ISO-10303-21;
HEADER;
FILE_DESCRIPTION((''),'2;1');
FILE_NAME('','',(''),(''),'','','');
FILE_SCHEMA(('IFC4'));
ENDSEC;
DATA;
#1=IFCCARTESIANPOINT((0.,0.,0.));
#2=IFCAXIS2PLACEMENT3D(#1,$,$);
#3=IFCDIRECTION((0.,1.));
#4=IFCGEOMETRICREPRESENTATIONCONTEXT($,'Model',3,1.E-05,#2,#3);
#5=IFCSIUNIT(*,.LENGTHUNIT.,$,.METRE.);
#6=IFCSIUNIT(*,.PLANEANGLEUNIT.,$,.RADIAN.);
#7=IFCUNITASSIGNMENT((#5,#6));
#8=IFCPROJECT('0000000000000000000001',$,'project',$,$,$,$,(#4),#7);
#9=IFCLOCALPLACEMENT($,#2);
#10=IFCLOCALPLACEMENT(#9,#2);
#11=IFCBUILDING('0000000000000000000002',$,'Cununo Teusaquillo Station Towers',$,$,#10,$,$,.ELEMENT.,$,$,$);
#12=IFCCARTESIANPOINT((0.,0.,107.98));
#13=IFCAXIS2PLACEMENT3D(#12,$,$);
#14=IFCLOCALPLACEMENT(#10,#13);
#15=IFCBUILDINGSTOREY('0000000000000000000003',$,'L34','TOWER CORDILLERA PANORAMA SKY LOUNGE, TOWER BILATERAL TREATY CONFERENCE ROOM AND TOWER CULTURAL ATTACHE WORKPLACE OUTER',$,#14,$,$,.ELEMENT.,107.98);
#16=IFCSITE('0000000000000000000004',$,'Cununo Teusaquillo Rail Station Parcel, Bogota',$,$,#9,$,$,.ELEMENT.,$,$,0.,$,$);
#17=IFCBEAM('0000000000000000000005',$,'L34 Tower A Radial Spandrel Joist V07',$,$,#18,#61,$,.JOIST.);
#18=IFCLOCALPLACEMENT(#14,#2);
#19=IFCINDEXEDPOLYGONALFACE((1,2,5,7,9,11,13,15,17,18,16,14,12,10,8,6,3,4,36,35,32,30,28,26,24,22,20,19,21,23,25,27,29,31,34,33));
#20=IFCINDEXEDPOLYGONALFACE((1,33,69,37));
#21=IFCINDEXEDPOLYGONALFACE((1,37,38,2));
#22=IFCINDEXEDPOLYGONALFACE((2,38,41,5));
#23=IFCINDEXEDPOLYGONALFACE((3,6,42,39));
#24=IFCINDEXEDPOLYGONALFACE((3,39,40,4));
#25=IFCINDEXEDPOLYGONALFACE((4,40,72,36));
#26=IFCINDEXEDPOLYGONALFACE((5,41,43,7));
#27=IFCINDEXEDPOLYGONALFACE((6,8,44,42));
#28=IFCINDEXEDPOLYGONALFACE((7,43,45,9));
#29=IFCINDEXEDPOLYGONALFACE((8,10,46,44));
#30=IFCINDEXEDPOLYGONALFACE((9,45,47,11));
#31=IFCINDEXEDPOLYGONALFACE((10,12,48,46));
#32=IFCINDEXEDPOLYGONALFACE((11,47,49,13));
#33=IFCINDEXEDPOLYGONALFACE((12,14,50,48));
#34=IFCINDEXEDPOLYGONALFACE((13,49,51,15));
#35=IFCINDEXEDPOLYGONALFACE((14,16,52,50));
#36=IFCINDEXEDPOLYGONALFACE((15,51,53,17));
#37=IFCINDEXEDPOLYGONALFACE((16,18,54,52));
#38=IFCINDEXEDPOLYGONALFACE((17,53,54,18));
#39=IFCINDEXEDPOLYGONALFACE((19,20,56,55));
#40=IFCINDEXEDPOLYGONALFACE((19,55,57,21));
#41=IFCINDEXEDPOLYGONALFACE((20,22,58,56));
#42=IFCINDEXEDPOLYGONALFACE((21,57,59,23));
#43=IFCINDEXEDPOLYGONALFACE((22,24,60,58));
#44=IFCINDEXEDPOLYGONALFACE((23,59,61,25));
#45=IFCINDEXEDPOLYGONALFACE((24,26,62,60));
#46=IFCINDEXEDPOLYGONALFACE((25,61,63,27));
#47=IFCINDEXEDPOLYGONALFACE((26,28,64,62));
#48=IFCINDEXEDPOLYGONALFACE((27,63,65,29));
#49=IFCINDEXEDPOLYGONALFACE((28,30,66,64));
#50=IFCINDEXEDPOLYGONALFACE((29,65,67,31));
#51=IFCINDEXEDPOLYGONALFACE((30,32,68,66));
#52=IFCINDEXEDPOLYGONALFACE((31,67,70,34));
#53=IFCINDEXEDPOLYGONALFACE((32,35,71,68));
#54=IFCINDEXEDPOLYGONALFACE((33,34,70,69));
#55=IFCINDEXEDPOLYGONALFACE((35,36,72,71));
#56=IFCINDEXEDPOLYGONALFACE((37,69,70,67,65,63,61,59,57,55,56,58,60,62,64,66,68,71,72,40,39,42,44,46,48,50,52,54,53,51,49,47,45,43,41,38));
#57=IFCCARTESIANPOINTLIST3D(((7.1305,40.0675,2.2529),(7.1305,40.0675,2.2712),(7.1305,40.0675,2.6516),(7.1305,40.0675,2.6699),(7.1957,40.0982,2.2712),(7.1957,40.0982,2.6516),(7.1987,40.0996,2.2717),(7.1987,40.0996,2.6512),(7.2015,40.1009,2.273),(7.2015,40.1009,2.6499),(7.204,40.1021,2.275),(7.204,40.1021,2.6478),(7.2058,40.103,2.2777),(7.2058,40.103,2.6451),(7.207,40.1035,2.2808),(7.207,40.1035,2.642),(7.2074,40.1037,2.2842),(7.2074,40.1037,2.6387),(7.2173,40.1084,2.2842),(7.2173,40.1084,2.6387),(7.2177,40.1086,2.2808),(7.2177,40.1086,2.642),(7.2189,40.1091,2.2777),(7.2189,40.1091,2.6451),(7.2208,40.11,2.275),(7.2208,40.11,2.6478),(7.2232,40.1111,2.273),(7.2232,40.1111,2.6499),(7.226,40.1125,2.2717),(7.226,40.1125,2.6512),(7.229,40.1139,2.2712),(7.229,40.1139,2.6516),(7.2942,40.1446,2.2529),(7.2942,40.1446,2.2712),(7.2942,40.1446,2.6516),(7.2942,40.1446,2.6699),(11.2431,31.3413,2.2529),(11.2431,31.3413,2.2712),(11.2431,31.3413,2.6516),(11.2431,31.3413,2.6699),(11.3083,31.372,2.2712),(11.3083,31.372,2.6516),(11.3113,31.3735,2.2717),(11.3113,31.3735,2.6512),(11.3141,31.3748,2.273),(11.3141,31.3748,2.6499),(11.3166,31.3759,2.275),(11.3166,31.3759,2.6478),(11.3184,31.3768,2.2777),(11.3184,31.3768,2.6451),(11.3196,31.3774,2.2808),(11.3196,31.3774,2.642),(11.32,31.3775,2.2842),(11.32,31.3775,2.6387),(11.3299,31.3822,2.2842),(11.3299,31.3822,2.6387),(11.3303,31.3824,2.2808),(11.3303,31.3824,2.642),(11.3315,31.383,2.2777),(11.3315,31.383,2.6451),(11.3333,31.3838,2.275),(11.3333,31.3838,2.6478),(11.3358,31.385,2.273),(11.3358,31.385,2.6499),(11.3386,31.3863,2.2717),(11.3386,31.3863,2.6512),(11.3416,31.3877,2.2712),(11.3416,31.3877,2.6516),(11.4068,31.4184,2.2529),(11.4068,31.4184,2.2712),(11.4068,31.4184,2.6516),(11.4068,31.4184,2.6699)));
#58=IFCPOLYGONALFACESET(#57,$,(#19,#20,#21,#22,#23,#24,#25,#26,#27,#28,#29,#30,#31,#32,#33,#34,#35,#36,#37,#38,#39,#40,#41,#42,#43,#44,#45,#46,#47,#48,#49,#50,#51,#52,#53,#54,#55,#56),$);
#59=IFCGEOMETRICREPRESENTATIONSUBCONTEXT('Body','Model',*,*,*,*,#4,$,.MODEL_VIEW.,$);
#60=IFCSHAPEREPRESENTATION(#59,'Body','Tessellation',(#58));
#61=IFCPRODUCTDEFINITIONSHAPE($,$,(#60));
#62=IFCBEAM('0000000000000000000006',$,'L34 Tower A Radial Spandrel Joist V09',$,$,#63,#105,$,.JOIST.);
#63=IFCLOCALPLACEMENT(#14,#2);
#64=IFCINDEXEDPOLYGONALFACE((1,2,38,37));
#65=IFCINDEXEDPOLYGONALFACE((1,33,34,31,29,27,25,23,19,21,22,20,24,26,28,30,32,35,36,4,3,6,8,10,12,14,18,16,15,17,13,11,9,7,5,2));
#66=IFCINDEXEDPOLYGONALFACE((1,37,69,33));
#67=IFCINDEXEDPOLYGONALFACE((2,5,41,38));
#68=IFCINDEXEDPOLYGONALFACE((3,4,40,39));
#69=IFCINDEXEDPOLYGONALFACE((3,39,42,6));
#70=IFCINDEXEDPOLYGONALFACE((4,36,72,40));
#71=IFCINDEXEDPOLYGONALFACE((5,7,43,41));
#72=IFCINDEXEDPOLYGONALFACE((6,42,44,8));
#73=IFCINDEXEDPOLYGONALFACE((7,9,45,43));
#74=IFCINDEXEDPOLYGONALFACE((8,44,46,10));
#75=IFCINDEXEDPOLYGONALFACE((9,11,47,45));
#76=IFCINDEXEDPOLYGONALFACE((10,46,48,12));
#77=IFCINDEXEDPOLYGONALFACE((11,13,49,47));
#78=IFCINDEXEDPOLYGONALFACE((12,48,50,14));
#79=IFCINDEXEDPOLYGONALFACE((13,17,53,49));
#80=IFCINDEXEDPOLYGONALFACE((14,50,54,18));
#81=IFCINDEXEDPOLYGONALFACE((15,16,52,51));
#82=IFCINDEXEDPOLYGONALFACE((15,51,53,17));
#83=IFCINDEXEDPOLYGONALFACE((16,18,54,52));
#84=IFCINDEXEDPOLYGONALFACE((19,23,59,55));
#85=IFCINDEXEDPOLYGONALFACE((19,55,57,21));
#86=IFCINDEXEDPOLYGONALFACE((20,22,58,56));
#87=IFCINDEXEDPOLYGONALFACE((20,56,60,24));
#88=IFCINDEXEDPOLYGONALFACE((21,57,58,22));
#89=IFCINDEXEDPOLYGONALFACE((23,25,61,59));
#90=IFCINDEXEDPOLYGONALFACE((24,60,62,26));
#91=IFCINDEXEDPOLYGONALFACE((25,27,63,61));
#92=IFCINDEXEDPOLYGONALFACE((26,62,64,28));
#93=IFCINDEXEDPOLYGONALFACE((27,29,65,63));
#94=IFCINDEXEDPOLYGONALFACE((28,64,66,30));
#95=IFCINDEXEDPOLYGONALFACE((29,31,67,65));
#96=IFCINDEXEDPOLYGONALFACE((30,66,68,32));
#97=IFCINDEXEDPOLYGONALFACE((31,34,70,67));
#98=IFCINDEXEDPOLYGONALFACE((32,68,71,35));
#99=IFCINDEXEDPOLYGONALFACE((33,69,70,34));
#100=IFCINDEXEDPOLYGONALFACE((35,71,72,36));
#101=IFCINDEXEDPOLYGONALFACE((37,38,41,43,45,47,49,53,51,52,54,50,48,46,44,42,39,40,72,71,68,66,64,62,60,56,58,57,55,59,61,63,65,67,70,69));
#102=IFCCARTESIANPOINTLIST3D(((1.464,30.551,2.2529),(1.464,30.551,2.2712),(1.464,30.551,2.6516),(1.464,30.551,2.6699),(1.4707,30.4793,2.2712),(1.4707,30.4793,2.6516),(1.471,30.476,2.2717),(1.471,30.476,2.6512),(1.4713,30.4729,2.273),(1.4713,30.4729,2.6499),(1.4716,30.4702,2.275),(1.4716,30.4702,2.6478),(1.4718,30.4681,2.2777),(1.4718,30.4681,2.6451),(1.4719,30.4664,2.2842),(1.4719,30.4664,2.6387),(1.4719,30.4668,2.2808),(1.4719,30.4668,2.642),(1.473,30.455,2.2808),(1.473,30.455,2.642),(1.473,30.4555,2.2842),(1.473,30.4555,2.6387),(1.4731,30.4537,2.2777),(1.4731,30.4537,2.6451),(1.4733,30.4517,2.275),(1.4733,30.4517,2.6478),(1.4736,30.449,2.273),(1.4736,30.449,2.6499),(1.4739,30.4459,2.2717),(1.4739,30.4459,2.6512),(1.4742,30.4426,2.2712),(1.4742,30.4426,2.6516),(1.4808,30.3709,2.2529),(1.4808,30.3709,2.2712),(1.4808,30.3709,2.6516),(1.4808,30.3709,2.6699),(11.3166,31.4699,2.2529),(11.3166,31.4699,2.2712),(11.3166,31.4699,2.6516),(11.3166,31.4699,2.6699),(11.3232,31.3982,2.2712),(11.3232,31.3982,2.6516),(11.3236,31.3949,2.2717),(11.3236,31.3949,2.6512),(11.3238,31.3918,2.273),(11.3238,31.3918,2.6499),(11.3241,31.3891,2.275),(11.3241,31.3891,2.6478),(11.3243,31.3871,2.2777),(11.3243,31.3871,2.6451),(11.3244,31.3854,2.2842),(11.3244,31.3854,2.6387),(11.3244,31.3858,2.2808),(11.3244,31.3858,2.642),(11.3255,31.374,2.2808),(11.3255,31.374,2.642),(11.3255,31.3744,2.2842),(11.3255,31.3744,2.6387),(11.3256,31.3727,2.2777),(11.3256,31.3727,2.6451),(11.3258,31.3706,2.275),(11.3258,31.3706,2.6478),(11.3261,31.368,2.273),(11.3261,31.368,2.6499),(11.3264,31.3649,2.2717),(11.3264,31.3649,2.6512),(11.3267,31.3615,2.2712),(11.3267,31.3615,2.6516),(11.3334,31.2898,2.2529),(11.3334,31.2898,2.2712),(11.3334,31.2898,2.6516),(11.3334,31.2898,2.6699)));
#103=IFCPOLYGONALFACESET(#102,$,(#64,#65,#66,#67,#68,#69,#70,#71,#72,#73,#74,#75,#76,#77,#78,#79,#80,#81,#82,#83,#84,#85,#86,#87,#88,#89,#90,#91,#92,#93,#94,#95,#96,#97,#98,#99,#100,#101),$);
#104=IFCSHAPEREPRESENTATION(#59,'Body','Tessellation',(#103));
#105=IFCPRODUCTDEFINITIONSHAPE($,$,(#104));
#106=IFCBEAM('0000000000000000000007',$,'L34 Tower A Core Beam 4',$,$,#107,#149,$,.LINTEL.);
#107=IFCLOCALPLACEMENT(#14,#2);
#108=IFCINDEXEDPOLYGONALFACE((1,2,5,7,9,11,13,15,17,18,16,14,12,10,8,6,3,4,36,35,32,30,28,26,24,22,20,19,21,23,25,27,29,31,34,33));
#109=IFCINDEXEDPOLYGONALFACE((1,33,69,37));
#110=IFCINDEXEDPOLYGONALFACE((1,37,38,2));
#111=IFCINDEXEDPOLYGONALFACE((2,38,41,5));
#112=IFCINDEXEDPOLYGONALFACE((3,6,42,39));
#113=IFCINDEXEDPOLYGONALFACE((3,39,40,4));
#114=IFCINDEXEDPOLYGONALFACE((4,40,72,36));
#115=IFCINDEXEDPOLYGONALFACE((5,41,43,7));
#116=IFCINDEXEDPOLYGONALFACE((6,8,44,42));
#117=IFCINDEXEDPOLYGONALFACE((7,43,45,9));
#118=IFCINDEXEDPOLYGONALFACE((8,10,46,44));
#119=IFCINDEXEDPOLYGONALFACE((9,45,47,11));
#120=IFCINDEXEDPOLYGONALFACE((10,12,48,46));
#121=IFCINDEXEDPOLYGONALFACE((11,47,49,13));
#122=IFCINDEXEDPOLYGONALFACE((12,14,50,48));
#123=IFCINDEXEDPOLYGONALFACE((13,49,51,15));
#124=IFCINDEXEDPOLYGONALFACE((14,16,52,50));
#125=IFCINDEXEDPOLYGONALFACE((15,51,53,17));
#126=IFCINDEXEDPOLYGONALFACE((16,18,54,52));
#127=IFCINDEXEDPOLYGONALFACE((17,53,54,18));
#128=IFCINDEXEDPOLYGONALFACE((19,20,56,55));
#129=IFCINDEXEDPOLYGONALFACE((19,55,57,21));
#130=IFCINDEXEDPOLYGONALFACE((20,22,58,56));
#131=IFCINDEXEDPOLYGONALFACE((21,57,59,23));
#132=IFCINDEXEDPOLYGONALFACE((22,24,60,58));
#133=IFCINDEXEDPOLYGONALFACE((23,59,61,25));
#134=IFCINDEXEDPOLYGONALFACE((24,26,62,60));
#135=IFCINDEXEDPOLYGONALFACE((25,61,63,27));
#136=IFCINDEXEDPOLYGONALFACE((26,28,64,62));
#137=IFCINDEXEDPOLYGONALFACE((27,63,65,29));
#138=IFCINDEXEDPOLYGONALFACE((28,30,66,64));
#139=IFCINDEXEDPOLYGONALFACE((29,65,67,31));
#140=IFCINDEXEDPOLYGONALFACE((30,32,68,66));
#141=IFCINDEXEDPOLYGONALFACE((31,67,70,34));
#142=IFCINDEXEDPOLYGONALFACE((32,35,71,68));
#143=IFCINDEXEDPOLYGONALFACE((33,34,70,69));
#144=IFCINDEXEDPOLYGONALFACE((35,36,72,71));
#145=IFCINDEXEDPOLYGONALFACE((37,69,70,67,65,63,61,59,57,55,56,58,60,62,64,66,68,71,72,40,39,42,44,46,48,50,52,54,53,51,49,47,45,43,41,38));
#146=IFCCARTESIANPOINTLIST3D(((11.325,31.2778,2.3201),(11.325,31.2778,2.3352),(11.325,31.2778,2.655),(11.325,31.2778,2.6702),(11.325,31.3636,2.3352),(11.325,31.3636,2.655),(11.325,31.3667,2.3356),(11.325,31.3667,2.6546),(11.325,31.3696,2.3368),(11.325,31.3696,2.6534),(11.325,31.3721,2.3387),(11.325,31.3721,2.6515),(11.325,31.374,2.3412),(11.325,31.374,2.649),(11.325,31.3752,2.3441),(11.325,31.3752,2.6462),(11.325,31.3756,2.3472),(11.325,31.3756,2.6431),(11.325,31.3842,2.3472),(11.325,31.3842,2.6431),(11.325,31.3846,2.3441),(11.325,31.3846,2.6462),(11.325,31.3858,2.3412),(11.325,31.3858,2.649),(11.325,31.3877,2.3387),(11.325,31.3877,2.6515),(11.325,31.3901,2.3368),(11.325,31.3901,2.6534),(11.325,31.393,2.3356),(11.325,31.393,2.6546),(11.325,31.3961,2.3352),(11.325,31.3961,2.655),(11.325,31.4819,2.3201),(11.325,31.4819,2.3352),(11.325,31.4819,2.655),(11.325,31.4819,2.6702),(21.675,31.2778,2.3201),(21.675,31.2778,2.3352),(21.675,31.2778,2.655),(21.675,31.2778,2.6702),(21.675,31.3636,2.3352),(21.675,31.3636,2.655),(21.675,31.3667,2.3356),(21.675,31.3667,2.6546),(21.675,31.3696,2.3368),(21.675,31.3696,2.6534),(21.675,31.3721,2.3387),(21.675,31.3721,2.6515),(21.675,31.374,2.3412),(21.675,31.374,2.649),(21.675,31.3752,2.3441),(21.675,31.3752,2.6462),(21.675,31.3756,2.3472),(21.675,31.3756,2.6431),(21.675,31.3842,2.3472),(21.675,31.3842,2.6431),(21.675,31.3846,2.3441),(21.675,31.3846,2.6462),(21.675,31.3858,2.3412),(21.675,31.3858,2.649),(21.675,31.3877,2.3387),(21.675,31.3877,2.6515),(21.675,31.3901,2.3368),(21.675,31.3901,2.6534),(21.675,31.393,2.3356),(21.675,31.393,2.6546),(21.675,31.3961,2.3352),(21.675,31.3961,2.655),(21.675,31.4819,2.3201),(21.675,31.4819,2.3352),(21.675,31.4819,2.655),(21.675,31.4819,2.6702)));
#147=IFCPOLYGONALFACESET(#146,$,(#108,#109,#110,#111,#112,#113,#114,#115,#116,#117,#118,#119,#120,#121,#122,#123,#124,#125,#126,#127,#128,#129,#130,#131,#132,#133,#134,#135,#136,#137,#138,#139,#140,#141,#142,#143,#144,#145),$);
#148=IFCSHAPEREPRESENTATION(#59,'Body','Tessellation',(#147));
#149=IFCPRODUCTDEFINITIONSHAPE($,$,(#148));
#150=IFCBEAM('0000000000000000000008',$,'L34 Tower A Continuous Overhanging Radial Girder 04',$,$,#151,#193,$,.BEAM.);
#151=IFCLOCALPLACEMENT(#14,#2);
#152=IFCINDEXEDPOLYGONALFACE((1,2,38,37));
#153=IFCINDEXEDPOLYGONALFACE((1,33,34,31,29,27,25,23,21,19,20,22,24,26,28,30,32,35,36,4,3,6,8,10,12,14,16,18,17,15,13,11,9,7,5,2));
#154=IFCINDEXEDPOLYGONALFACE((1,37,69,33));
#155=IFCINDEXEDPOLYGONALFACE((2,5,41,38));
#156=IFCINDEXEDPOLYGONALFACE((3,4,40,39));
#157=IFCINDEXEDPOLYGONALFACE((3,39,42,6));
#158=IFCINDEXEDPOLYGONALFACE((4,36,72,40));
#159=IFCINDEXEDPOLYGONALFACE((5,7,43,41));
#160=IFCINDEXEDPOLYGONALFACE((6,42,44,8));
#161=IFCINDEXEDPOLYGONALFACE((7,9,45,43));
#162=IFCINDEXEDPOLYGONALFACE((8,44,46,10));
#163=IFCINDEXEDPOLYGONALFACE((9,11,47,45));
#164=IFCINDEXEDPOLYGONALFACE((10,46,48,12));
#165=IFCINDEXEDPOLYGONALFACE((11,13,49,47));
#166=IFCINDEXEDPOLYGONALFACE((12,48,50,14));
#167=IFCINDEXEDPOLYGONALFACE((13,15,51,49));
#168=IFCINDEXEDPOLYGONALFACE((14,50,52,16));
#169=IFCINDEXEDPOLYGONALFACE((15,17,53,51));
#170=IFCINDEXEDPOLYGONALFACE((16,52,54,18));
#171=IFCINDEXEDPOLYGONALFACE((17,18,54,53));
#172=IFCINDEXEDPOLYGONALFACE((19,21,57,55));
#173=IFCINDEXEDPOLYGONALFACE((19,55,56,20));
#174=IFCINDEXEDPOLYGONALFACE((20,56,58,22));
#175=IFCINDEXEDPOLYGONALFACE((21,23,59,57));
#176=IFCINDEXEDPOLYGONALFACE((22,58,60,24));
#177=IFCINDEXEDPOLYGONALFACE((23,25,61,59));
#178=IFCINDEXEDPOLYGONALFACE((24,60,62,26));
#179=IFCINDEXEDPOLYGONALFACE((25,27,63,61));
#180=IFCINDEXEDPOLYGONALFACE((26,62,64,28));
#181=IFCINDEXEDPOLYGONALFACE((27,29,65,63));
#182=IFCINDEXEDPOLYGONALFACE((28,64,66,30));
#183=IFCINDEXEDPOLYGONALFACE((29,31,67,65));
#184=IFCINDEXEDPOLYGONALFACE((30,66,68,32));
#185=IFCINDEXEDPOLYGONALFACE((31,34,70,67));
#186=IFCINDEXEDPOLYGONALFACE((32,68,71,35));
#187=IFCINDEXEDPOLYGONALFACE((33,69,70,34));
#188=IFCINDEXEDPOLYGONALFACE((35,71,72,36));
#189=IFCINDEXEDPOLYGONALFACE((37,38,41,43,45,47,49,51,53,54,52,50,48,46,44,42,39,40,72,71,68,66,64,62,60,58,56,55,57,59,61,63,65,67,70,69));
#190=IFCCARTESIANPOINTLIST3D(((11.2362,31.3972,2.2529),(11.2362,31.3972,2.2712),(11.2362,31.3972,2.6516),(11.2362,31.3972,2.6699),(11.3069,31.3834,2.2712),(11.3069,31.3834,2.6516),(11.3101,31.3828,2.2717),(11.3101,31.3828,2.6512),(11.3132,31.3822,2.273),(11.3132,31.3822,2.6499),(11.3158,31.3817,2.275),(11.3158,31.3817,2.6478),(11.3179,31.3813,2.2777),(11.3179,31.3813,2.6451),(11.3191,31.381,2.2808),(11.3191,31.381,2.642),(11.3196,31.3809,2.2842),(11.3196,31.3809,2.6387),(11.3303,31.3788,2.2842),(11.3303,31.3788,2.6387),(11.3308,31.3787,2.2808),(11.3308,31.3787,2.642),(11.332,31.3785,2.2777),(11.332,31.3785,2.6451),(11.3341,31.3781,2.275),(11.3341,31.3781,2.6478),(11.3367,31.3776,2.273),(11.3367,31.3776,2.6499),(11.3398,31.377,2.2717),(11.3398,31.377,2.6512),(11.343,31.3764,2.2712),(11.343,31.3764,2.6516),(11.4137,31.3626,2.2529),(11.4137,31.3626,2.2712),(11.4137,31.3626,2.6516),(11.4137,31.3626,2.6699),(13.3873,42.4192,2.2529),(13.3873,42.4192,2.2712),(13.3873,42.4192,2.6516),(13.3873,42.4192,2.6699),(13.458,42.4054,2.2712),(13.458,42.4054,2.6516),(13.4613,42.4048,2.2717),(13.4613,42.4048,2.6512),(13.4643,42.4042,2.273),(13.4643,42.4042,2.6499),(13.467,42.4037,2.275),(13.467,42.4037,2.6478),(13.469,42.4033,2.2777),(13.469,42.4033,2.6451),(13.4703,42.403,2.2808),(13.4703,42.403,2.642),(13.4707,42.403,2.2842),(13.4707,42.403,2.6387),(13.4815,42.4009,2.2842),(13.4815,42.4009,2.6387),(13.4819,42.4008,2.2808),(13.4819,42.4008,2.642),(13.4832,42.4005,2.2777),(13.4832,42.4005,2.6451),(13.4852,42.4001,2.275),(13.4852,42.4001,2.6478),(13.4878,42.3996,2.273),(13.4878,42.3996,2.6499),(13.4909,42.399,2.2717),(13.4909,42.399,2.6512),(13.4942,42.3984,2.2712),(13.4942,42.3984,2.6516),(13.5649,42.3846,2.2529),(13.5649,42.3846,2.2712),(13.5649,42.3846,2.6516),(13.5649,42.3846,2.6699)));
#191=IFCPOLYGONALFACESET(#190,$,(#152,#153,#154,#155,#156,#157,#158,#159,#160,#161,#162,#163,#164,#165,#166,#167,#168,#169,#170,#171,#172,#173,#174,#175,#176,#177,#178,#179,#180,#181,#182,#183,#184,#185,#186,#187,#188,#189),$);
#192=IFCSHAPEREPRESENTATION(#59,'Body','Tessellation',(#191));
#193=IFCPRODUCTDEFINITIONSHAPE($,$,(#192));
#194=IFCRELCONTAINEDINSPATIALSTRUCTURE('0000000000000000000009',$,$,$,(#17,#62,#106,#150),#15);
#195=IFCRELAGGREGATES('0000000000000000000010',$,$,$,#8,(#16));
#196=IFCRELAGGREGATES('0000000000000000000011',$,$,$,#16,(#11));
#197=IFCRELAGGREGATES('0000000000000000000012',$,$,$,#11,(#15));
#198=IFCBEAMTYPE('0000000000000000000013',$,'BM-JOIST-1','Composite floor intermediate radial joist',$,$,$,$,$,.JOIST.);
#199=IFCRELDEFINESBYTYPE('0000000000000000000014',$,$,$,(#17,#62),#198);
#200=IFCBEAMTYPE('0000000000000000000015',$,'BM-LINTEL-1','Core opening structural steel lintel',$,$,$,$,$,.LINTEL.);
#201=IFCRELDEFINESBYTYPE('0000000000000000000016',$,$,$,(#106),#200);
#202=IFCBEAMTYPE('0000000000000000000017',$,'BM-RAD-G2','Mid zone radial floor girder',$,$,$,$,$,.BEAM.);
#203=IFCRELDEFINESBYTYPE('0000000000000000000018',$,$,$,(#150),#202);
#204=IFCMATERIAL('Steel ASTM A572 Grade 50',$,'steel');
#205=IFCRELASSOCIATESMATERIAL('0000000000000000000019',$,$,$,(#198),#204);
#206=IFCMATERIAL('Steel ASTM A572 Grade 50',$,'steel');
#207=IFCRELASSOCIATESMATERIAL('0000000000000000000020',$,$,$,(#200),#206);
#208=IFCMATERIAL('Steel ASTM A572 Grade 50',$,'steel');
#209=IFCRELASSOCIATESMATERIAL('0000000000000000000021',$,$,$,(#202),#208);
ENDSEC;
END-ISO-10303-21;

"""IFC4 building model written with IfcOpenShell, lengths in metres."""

from ifc_helpers import new_model, si_unit, direction, frame, origin, origin_2d, place, context, subcontext, project, spatial, i_section, extrude, material, material_profile, profile_set, type_object, element, save


model = new_model("IFC4")

# Units and contexts
model_context = context("Model", 3, precision=1e-05, world=origin(), true_north=direction((0.0, 1.0)))
body_context = subcontext(model_context, "Body", "Model", "MODEL_VIEW")
ifc_project = project(units=[si_unit("LENGTHUNIT", "METRE"), si_unit("PLANEANGLEUNIT", "RADIAN")], contexts=[model_context])

# Site, building, storey
site_placement = place(None, origin())
site = spatial("IfcSite", under=ifc_project, at=site_placement, Name="Cununo Teusaquillo Rail Station Parcel, Bogota", CompositionType="ELEMENT", RefElevation=0.0)
building_placement = place(site_placement, origin())
building = spatial("IfcBuilding", under=site, at=building_placement, Name="Cununo Teusaquillo Station Towers", CompositionType="ELEMENT")
storey_placement = place(building_placement, frame((0.0, 0.0, 107.98)))
storey = spatial("IfcBuildingStorey", under=building, at=storey_placement, Name="L34", Description="TOWER CORDILLERA PANORAMA SKY LOUNGE, TOWER BILATERAL TREATY CONFERENCE ROOM AND TOWER CULTURAL ATTACHE WORKPLACE OUTER", CompositionType="ELEMENT", Elevation=107.98)

# Beams
ifc_material_1 = material(Name="Steel ASTM A572 Grade 50", Category="steel")
ifc_material_profile_1 = material_profile(ifc_material_1, i_section(OverallWidth=0.1809, OverallDepth=0.417, WebThickness=0.011, FlangeThickness=0.0183, FilletRadius=0.0129, at=origin_2d()), Name="W16X57")
ifc_profile_set_1 = profile_set([ifc_material_profile_1], Name="Steel ASTM A572 Grade 50")
beam_type_1 = type_object("IfcBeamType", Name="BM-JOIST-1", Description="Composite floor intermediate radial joist", PredefinedType="JOIST", material=ifc_profile_set_1)
beam_1_placement = place(storey_placement, frame((11.325, 31.3799, 2.4614), z_axis=(-0.42632, 0.904572, 0.0), x_axis=(-0.904572, -0.42632, 0.0)))
element("IfcBeam", 1, at=beam_1_placement, inside=storey, type_object=beam_type_1, Name="L34 Tower A Radial Spandrel Joist V07", PredefinedType="JOIST", context=body_context, shape_type="SweptSolid", body=[
    extrude(i_section(OverallWidth=0.1809, OverallDepth=0.417, WebThickness=0.011, FlangeThickness=0.0183, FilletRadius=0.0129, at=origin_2d()), origin(), (0.0, 0.0, 1.0), 9.6467),
])
beam_2_placement = place(storey_placement, frame((11.325, 31.3799, 2.4614), z_axis=(-0.995679, -0.092867, 0.0), x_axis=(0.092867, -0.995679, 0.0)))
element("IfcBeam", 2, at=beam_2_placement, inside=storey, type_object=beam_type_1, Name="L34 Tower A Radial Spandrel Joist V09", PredefinedType="JOIST", context=body_context, shape_type="SweptSolid", body=[
    extrude(i_section(OverallWidth=0.1809, OverallDepth=0.417, WebThickness=0.011, FlangeThickness=0.0183, FilletRadius=0.0129, at=origin_2d()), origin(), (0.0, 0.0, 1.0), 9.8953),
])
ifc_material_2 = material(Name="Steel ASTM A572 Grade 50", Category="steel")
ifc_material_profile_2 = material_profile(ifc_material_2, i_section(OverallWidth=0.2041, OverallDepth=0.3501, WebThickness=0.0085, FlangeThickness=0.0151, FilletRadius=0.012, at=origin_2d()), Name="W14X48")
ifc_profile_set_2 = profile_set([ifc_material_profile_2], Name="Steel ASTM A572 Grade 50")
beam_type_2 = type_object("IfcBeamType", Name="BM-LINTEL-1", Description="Core opening structural steel lintel", PredefinedType="LINTEL", material=ifc_profile_set_2)
beam_3_placement = place(storey_placement, frame((11.325, 31.3799, 2.4951), z_axis=(1.0, 0.0, 0.0), x_axis=(0.0, 1.0, 0.0)))
element("IfcBeam", 3, at=beam_3_placement, inside=storey, type_object=beam_type_2, Name="L34 Tower A Core Beam 4", PredefinedType="LINTEL", context=body_context, shape_type="SweptSolid", body=[
    extrude(i_section(OverallWidth=0.2041, OverallDepth=0.3501, WebThickness=0.0085, FlangeThickness=0.0151, FilletRadius=0.012, at=origin_2d()), origin(), (0.0, 0.0, 1.0), 10.3501),
])
ifc_material_3 = material(Name="Steel ASTM A572 Grade 50", Category="steel")
ifc_material_profile_3 = material_profile(ifc_material_3, i_section(OverallWidth=0.1809, OverallDepth=0.417, WebThickness=0.011, FlangeThickness=0.0183, FilletRadius=0.0129, at=origin_2d()), Name="W16X57")
ifc_profile_set_3 = profile_set([ifc_material_profile_3], Name="Steel ASTM A572 Grade 50")
beam_type_3 = type_object("IfcBeamType", Name="BM-RAD-G2", Description="Mid zone radial floor girder", PredefinedType="BEAM", material=ifc_profile_set_3)
beam_4_placement = place(storey_placement, frame((11.325, 31.3799, 2.4614), z_axis=(0.191553, 0.981482, 0.0), x_axis=(-0.981482, 0.191553, 0.0)))
element("IfcBeam", 4, at=beam_4_placement, inside=storey, type_object=beam_type_3, Name="L34 Tower A Continuous Overhanging Radial Girder 04", PredefinedType="BEAM", context=body_context, shape_type="SweptSolid", body=[
    extrude(i_section(OverallWidth=0.1809, OverallDepth=0.417, WebThickness=0.011, FlangeThickness=0.0183, FilletRadius=0.0129, at=origin_2d()), origin(), (0.0, 0.0, 1.0), 11.23),
])

save(model, "model.ifc")
